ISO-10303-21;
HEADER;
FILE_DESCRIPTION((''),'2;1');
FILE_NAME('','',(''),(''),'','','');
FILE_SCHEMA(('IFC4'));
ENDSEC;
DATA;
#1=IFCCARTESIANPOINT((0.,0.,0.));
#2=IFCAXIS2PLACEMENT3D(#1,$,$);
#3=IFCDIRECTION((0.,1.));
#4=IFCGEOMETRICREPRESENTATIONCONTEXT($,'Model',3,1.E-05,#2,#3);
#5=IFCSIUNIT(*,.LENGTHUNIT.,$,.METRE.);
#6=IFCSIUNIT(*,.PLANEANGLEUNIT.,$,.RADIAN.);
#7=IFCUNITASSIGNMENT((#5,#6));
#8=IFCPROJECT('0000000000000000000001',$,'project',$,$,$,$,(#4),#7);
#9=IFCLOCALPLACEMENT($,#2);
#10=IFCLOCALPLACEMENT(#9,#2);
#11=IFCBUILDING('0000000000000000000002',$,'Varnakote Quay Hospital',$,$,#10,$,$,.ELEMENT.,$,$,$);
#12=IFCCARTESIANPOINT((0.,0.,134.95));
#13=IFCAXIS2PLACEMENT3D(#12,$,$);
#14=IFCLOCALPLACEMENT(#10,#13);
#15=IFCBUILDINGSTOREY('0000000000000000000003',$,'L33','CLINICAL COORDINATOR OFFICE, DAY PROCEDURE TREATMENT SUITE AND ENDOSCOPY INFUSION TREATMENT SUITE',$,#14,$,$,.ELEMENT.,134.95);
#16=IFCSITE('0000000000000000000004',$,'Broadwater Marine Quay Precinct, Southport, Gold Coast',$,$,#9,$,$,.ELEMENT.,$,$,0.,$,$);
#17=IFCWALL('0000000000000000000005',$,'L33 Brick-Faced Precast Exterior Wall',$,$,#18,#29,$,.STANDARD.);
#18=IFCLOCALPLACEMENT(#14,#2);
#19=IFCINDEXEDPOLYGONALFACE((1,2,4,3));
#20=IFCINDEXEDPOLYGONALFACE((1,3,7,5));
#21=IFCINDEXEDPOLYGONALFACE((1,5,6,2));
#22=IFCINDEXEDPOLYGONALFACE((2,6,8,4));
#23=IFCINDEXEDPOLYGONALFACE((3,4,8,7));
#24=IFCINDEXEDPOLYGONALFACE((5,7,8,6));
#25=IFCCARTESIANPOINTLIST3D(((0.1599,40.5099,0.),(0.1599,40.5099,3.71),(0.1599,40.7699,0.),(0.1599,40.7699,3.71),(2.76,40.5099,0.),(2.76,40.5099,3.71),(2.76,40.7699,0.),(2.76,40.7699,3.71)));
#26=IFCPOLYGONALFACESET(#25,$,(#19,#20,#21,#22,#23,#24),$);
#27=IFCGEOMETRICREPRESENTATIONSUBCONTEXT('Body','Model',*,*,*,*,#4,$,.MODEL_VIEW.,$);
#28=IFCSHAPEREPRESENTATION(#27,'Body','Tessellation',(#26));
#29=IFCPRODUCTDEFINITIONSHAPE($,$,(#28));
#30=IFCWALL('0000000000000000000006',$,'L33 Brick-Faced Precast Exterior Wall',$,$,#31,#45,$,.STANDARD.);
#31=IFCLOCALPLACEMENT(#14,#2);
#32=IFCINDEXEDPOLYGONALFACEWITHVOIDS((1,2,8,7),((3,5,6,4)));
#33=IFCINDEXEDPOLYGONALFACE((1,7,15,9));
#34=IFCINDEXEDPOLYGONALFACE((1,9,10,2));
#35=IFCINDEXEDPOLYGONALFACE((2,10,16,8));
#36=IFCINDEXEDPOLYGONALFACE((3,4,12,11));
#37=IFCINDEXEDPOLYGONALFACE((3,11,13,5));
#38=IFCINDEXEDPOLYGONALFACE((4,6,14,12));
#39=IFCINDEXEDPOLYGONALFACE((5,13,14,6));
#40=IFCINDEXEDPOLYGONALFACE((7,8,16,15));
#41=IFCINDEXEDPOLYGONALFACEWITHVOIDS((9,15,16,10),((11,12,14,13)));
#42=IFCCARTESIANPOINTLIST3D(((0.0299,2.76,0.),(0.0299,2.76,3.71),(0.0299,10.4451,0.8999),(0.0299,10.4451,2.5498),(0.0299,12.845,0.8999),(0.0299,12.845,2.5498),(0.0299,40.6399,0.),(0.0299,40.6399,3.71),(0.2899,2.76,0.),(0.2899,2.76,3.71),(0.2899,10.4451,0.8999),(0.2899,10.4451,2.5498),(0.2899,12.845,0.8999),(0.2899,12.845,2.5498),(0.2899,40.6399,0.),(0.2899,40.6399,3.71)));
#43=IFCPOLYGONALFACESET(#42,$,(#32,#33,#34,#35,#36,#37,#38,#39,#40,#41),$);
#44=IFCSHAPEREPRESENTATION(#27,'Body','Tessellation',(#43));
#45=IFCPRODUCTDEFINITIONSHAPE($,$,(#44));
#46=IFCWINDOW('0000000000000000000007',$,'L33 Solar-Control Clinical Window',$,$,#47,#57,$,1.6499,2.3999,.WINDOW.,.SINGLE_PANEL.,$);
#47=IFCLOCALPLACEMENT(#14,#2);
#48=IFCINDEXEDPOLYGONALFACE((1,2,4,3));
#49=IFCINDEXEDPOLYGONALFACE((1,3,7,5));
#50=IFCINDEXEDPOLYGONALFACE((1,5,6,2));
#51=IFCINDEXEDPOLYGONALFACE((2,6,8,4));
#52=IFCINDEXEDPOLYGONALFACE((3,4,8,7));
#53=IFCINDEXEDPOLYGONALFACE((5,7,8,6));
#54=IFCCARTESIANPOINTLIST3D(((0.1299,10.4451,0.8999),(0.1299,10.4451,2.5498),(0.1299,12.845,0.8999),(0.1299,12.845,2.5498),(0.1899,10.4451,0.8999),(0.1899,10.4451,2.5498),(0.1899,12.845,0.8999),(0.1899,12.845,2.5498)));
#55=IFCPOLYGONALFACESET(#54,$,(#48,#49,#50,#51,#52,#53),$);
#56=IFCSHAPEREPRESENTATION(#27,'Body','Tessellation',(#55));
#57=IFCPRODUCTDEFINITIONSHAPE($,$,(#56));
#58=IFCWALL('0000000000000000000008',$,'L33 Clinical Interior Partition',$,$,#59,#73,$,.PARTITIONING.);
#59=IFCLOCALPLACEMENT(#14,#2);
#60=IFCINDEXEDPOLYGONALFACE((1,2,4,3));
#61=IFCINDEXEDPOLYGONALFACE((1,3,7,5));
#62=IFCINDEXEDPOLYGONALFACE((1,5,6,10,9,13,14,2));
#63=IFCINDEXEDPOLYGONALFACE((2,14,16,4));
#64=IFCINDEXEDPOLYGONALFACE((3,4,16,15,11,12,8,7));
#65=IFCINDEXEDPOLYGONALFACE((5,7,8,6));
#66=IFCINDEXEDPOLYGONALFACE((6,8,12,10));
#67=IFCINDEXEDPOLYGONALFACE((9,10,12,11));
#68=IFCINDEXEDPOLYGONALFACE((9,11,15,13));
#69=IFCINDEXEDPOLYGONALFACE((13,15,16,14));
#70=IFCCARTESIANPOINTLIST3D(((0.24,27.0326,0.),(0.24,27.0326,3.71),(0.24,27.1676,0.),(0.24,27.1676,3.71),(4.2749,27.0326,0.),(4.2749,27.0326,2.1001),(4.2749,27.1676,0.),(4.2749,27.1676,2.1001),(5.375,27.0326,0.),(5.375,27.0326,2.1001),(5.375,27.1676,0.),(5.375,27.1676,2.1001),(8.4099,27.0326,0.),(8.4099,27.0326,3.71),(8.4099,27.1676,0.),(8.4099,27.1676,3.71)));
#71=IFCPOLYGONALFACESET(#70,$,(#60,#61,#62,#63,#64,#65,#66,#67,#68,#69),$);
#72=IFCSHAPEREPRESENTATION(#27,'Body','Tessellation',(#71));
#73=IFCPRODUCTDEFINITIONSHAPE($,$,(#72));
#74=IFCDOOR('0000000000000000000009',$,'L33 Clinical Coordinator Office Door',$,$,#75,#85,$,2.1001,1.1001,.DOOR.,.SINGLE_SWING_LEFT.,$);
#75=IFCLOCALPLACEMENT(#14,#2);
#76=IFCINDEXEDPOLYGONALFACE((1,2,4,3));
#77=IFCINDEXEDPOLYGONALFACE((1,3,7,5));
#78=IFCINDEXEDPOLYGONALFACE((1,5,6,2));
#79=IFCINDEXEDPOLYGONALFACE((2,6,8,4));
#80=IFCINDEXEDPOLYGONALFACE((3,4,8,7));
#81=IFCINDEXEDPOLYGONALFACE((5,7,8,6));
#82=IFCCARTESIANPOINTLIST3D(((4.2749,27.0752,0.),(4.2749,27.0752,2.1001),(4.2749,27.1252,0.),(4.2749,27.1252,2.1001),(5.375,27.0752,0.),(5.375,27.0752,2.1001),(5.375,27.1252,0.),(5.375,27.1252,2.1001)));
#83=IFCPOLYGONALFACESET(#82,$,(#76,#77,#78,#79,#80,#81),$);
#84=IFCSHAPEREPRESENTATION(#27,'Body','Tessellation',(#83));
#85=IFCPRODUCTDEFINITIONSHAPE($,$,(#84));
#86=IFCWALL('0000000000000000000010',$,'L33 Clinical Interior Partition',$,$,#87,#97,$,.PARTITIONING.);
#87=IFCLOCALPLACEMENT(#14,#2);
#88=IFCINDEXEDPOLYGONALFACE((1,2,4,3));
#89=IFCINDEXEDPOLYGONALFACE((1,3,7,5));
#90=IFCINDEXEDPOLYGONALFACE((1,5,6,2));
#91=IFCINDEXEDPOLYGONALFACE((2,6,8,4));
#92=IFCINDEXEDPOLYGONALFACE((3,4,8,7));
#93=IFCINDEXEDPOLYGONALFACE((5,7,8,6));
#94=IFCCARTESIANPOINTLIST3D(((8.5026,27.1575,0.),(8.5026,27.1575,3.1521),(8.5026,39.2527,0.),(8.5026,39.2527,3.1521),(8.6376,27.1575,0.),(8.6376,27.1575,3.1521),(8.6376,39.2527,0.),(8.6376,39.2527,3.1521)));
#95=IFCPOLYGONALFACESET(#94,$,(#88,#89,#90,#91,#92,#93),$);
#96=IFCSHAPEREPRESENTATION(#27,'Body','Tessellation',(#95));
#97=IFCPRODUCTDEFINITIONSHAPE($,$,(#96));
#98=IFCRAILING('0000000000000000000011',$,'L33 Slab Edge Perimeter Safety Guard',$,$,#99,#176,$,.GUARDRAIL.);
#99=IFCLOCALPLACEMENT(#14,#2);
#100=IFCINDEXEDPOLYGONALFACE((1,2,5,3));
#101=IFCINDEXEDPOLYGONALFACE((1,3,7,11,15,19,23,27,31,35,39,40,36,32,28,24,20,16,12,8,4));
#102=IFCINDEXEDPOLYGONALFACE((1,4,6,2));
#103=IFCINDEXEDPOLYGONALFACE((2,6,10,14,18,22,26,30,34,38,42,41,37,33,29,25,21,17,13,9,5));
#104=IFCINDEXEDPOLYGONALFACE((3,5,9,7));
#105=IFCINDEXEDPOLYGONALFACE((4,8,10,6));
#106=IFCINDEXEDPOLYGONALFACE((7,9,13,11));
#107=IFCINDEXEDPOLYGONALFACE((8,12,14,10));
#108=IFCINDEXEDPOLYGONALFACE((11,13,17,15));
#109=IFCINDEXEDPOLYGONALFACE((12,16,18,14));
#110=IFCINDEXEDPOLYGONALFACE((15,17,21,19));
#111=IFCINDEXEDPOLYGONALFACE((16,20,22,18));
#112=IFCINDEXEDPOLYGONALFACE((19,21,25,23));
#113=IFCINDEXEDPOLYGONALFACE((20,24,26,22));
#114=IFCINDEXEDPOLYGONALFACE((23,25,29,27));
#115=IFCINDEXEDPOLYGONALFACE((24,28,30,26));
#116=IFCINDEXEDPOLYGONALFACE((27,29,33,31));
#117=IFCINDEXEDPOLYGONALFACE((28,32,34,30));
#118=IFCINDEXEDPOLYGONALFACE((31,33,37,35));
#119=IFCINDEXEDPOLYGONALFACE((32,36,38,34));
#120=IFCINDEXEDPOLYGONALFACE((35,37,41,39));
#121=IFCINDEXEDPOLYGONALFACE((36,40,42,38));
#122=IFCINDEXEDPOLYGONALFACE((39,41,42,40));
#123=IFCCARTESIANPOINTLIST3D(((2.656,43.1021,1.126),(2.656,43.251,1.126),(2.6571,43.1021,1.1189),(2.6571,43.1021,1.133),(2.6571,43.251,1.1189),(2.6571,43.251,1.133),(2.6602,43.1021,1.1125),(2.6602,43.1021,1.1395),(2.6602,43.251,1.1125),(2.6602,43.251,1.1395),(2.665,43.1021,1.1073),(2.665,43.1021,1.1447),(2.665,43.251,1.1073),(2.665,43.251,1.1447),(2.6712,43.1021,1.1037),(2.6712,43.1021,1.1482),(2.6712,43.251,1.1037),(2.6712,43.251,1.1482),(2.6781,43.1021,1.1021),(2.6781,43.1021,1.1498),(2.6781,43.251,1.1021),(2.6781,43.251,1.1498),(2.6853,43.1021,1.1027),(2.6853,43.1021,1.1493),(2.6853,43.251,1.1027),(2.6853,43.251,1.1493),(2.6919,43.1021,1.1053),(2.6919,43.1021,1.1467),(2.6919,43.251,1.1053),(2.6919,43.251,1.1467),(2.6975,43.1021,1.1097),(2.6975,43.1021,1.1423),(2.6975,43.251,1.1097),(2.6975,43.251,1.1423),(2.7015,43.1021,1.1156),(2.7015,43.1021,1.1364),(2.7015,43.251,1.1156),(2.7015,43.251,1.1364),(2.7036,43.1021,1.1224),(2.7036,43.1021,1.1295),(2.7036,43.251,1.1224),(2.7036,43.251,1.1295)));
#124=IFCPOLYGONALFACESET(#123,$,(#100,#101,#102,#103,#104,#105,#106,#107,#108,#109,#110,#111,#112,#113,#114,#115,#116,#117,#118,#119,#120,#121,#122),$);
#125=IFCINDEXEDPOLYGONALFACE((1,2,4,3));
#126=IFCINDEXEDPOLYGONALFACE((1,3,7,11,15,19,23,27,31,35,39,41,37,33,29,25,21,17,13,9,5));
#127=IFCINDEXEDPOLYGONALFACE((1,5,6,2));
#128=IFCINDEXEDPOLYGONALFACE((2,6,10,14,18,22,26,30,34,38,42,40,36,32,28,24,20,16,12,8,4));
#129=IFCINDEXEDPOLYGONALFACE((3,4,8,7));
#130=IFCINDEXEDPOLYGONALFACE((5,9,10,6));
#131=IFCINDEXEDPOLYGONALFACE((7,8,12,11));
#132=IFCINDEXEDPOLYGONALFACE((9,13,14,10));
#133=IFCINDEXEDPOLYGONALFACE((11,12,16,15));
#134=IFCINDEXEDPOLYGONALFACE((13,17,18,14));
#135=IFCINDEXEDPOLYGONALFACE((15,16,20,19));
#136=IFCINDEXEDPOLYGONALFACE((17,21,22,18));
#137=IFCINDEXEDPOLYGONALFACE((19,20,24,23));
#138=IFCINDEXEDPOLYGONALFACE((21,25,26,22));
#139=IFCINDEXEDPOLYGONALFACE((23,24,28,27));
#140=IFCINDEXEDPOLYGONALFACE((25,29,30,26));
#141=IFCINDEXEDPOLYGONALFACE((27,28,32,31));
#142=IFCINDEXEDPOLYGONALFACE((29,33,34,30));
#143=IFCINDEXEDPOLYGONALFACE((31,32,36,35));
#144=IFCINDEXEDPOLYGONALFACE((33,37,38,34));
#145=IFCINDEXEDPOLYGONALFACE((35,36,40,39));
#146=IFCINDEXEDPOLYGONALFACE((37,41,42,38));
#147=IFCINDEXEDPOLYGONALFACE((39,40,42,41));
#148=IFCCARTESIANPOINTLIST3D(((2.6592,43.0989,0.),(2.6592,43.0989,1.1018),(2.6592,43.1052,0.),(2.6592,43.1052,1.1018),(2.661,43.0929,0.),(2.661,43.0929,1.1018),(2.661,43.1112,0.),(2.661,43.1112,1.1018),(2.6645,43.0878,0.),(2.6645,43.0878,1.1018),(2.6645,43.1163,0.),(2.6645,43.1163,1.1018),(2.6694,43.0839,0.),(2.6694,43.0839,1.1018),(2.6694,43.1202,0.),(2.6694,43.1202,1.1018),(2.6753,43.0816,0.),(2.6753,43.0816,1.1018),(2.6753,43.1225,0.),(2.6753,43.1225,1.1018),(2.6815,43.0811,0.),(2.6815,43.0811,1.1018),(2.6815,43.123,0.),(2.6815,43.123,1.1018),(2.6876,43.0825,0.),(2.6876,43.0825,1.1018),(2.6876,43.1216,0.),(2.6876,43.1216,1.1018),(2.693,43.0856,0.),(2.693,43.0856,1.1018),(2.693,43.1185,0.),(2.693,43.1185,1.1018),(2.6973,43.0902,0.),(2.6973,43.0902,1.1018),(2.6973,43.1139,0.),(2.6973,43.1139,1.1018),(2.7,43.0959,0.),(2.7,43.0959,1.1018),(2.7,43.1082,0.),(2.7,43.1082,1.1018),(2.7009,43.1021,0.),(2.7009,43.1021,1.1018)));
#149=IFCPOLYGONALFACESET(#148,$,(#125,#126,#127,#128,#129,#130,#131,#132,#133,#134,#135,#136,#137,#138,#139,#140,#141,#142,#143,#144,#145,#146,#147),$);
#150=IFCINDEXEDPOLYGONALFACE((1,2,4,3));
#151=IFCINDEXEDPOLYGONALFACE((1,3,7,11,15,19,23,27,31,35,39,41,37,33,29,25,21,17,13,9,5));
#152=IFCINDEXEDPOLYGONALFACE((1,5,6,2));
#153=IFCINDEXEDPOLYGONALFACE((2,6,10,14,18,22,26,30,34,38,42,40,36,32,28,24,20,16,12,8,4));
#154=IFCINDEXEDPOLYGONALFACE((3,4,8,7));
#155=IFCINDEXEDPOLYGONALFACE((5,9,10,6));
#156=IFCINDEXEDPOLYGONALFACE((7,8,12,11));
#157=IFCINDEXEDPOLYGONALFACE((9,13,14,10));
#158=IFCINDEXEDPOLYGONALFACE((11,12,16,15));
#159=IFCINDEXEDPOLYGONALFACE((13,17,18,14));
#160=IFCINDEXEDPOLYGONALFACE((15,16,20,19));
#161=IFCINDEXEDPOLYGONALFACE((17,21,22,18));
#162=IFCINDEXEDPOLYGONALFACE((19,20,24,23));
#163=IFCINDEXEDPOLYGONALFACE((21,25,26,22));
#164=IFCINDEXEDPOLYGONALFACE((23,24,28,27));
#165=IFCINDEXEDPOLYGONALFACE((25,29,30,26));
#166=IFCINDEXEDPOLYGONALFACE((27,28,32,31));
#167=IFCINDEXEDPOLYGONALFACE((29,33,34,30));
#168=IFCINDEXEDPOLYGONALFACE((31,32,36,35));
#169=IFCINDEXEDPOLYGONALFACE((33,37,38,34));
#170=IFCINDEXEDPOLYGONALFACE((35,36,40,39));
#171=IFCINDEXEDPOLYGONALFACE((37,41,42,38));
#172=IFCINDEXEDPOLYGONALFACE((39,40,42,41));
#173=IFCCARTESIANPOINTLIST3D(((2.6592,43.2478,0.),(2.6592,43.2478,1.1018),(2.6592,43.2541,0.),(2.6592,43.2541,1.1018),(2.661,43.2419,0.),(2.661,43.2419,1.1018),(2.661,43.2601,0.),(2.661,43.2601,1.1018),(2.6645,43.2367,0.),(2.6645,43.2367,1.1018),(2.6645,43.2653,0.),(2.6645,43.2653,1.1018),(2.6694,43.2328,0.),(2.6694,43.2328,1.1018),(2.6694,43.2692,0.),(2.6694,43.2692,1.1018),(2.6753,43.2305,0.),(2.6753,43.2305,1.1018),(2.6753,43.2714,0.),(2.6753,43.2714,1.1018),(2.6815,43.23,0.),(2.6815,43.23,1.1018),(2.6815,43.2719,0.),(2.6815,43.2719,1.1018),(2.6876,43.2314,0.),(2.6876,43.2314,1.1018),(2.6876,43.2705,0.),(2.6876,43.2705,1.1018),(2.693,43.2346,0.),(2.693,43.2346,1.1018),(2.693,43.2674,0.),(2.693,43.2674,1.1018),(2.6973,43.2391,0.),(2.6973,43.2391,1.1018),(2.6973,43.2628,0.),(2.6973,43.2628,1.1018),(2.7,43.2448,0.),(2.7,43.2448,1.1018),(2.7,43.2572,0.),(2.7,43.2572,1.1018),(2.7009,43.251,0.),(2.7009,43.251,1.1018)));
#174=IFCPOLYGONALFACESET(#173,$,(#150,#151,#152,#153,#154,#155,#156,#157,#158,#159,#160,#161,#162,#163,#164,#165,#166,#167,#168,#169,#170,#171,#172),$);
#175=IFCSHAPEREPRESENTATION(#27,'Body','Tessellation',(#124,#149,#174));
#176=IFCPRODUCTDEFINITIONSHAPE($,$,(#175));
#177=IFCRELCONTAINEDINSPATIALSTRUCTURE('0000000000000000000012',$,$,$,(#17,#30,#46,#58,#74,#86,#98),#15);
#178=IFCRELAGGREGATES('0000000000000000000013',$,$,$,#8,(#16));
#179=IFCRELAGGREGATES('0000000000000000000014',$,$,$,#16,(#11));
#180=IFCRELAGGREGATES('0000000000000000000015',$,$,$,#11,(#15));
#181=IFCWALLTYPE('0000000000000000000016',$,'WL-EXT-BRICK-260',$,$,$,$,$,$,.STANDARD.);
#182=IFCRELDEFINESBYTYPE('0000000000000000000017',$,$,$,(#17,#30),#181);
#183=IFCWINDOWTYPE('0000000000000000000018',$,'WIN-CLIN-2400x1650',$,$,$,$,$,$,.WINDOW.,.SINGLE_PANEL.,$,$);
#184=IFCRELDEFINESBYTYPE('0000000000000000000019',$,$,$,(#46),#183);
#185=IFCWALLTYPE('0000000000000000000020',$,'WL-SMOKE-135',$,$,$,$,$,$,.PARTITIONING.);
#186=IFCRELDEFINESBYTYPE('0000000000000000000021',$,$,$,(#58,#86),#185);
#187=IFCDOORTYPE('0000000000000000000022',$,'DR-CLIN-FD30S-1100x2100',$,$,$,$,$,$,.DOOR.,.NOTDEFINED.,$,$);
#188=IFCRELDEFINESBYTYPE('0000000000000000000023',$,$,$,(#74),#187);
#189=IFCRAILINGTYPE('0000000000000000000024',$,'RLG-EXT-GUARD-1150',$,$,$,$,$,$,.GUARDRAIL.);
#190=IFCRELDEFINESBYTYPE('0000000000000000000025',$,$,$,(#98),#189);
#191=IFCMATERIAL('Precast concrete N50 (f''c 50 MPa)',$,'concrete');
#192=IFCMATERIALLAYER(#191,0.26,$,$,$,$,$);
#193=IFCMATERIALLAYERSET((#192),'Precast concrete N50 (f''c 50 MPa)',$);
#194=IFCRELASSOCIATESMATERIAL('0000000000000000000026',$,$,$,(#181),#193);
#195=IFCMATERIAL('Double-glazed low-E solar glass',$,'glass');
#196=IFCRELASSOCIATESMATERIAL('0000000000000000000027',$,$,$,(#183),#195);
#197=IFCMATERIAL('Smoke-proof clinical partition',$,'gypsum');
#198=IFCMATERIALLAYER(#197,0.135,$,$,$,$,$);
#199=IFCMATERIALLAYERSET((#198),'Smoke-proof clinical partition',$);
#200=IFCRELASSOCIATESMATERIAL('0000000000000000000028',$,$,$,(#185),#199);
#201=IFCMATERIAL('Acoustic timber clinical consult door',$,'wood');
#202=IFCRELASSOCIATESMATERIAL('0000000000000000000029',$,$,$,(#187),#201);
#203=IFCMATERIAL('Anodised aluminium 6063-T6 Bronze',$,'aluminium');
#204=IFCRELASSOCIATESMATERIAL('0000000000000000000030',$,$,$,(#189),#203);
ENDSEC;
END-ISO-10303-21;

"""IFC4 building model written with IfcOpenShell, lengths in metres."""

from ifc_helpers import new_model, si_unit, direction, frame, frame_2d, origin, origin_2d, place, context, subcontext, project, spatial, rectangle, circle, extrude, material, layer, layer_set, type_object, element, fill, save


model = new_model("IFC4")

# Units and contexts
model_context = context("Model", 3, precision=1e-05, world=origin(), true_north=direction((0.0, 1.0)))
body_context = subcontext(model_context, "Body", "Model", "MODEL_VIEW")
ifc_project = project(units=[si_unit("LENGTHUNIT", "METRE"), si_unit("PLANEANGLEUNIT", "RADIAN")], contexts=[model_context])

# Site, building, storey
site_placement = place(None, origin())
site = spatial("IfcSite", under=ifc_project, at=site_placement, Name="Broadwater Marine Quay Precinct, Southport, Gold Coast", CompositionType="ELEMENT", RefElevation=0.0)
building_placement = place(site_placement, origin())
building = spatial("IfcBuilding", under=site, at=building_placement, Name="Varnakote Quay Hospital", CompositionType="ELEMENT")
storey_placement = place(building_placement, frame((0.0, 0.0, 134.95)))
storey = spatial("IfcBuildingStorey", under=building, at=storey_placement, Name="L33", Description="CLINICAL COORDINATOR OFFICE, DAY PROCEDURE TREATMENT SUITE AND ENDOSCOPY INFUSION TREATMENT SUITE", CompositionType="ELEMENT", Elevation=134.95)

# Shared definitions
ifc_material_1 = material(Name="Precast concrete N50 (f'c 50 MPa)", Category="concrete")
ifc_layer_1 = layer(ifc_material_1, 0.26)
ifc_layer_set_1 = layer_set([ifc_layer_1], Name="Precast concrete N50 (f'c 50 MPa)")
wall_type_1 = type_object("IfcWallType", Name="WL-EXT-BRICK-260", PredefinedType="STANDARD", material=ifc_layer_set_1)
ifc_material_2 = material(Name="Double-glazed low-E solar glass", Category="glass")
window_type = type_object("IfcWindowType", Name="WIN-CLIN-2400x1650", PartitioningType="SINGLE_PANEL", PredefinedType="WINDOW", material=ifc_material_2)

# Wall
wall_1_placement = place(storey_placement, frame((2.76, 40.6399, 0.0), z_axis=(0.0, 0.0, 1.0), x_axis=(-1.0, 0.0, 0.0)))
element("IfcWall", 1, at=wall_1_placement, inside=storey, type_object=wall_type_1, Name="L33 Brick-Faced Precast Exterior Wall", PredefinedType="STANDARD", context=body_context, shape_type="SweptSolid", body=[
    extrude(rectangle(XDim=2.6001, YDim=0.26, at=frame_2d((1.3, 0.0))), origin(), (0.0, 0.0, 1.0), 3.71),
])

# Wall, opening, window
wall_2_placement = place(storey_placement, frame((0.1599, 40.6399, 0.0), z_axis=(0.0, 0.0, 1.0), x_axis=(0.0, -1.0, 0.0)))
wall_2 = element("IfcWall", 2, at=wall_2_placement, inside=storey, type_object=wall_type_1, Name="L33 Brick-Faced Precast Exterior Wall", PredefinedType="STANDARD", context=body_context, shape_type="SweptSolid", body=[
    extrude(rectangle(XDim=37.8799, YDim=0.26, at=frame_2d((18.9399, 0.0))), origin(), (0.0, 0.0, 1.0), 3.71),
])
opening_1_placement = place(wall_2_placement, frame((27.7949, 0.0, 0.8999)))
opening_1 = element("IfcOpeningElement", 3, at=opening_1_placement, cuts=wall_2, PredefinedType="OPENING", context=body_context, shape_type="SweptSolid", body=[
    extrude(rectangle(XDim=2.3999, YDim=1.6499, at=frame_2d((1.2, 0.825))), frame((0.0, 0.1399, 0.0), z_axis=(0.0, -1.0, 0.0), x_axis=(1.0, 0.0, 0.0)), (0.0, 0.0, 1.0), 0.28),
])
window_1_placement = place(opening_1_placement, origin())
window_1 = element("IfcWindow", 4, at=window_1_placement, inside=storey, type_object=window_type, Name="L33 Solar-Control Clinical Window", OverallHeight=1.6499, OverallWidth=2.3999, PartitioningType="SINGLE_PANEL", PredefinedType="WINDOW", context=body_context, shape_type="SweptSolid", body=[
    extrude(rectangle(XDim=2.3999, YDim=1.6499, at=frame_2d((1.2, 0.825))), frame((0.0, 0.03, 0.0), z_axis=(0.0, -1.0, 0.0), x_axis=(1.0, 0.0, 0.0)), (0.0, 0.0, 1.0), 0.0601),
])
fill(opening_1, window_1)

# Wall, opening, door
ifc_material_3 = material(Name="Smoke-proof clinical partition", Category="gypsum")
ifc_layer_2 = layer(ifc_material_3, 0.135)
ifc_layer_set_2 = layer_set([ifc_layer_2], Name="Smoke-proof clinical partition")
wall_type_2 = type_object("IfcWallType", Name="WL-SMOKE-135", PredefinedType="PARTITIONING", material=ifc_layer_set_2)
wall_3_placement = place(storey_placement, frame((8.4099, 27.1001, 0.0), z_axis=(0.0, 0.0, 1.0), x_axis=(-1.0, 0.0, 0.0)))
wall_3 = element("IfcWall", 5, at=wall_3_placement, inside=storey, type_object=wall_type_2, Name="L33 Clinical Interior Partition", PredefinedType="PARTITIONING", context=body_context, shape_type="SweptSolid", body=[
    extrude(rectangle(XDim=8.1699, YDim=0.135, at=frame_2d((4.085, 0.0))), origin(), (0.0, 0.0, 1.0), 3.71),
])
opening_2_placement = place(wall_3_placement, frame((3.0349, 0.0, 0.0)))
opening_2 = element("IfcOpeningElement", 6, at=opening_2_placement, cuts=wall_3, PredefinedType="OPENING", context=body_context, shape_type="SweptSolid", body=[
    extrude(rectangle(XDim=1.1001, YDim=2.1001, at=frame_2d((0.55, 1.05))), frame((0.0, 0.0774, 0.0), z_axis=(0.0, -1.0, 0.0), x_axis=(1.0, 0.0, 0.0)), (0.0, 0.0, 1.0), 0.155),
])
ifc_material_4 = material(Name="Acoustic timber clinical consult door", Category="wood")
door_type = type_object("IfcDoorType", Name="DR-CLIN-FD30S-1100x2100", OperationType="NOTDEFINED", PredefinedType="DOOR", material=ifc_material_4)
door_placement = place(opening_2_placement, origin())
door = element("IfcDoor", 7, at=door_placement, inside=storey, type_object=door_type, Name="L33 Clinical Coordinator Office Door", OperationType="SINGLE_SWING_LEFT", OverallHeight=2.1001, OverallWidth=1.1001, PredefinedType="DOOR", context=body_context, shape_type="SweptSolid", body=[
    extrude(rectangle(XDim=1.1001, YDim=2.1001, at=frame_2d((0.55, 1.05))), frame((0.0, 0.0249, 0.0), z_axis=(0.0, -1.0, 0.0), x_axis=(1.0, 0.0, 0.0)), (0.0, 0.0, 1.0), 0.05),
])
fill(opening_2, door)

# Wall
wall_4_placement = place(storey_placement, frame((8.5701, 27.1575, 0.0), z_axis=(0.0, 0.0, 1.0), x_axis=(0.0, 1.0, 0.0)))
element("IfcWall", 8, at=wall_4_placement, inside=storey, type_object=wall_type_2, Name="L33 Clinical Interior Partition", PredefinedType="PARTITIONING", context=body_context, shape_type="SweptSolid", body=[
    extrude(rectangle(XDim=12.0952, YDim=0.135, at=frame_2d((6.0476, 0.0))), origin(), (0.0, 0.0, 1.0), 3.1521),
])

# Railing
ifc_material_5 = material(Name="Anodised aluminium 6063-T6 Bronze", Category="aluminium")
railing_type = type_object("IfcRailingType", Name="RLG-EXT-GUARD-1150", PredefinedType="GUARDRAIL", material=ifc_material_5)
railing_1_placement = place(storey_placement, frame((2.6799, 43.1021, 0.0)))
element("IfcRailing", 9, at=railing_1_placement, inside=storey, type_object=railing_type, Name="L33 Slab Edge Perimeter Safety Guard", PredefinedType="GUARDRAIL", context=body_context, shape_type="SweptSolid", body=[
    extrude(circle(Radius=0.0239, at=origin_2d()), frame((0.0, 0.0, 1.126), z_axis=(0.0, 1.0, 0.0), x_axis=(-1.0, 0.0, 0.0)), (0.0, 0.0, 1.0), 0.1489),
    extrude(circle(Radius=0.021, at=origin_2d()), origin(), (0.0, 0.0, 1.0), 1.1018),
    extrude(circle(Radius=0.021, at=origin_2d()), frame((0.0, 0.1489, 0.0)), (0.0, 0.0, 1.0), 1.1018),
])

save(model, "model.ifc")
